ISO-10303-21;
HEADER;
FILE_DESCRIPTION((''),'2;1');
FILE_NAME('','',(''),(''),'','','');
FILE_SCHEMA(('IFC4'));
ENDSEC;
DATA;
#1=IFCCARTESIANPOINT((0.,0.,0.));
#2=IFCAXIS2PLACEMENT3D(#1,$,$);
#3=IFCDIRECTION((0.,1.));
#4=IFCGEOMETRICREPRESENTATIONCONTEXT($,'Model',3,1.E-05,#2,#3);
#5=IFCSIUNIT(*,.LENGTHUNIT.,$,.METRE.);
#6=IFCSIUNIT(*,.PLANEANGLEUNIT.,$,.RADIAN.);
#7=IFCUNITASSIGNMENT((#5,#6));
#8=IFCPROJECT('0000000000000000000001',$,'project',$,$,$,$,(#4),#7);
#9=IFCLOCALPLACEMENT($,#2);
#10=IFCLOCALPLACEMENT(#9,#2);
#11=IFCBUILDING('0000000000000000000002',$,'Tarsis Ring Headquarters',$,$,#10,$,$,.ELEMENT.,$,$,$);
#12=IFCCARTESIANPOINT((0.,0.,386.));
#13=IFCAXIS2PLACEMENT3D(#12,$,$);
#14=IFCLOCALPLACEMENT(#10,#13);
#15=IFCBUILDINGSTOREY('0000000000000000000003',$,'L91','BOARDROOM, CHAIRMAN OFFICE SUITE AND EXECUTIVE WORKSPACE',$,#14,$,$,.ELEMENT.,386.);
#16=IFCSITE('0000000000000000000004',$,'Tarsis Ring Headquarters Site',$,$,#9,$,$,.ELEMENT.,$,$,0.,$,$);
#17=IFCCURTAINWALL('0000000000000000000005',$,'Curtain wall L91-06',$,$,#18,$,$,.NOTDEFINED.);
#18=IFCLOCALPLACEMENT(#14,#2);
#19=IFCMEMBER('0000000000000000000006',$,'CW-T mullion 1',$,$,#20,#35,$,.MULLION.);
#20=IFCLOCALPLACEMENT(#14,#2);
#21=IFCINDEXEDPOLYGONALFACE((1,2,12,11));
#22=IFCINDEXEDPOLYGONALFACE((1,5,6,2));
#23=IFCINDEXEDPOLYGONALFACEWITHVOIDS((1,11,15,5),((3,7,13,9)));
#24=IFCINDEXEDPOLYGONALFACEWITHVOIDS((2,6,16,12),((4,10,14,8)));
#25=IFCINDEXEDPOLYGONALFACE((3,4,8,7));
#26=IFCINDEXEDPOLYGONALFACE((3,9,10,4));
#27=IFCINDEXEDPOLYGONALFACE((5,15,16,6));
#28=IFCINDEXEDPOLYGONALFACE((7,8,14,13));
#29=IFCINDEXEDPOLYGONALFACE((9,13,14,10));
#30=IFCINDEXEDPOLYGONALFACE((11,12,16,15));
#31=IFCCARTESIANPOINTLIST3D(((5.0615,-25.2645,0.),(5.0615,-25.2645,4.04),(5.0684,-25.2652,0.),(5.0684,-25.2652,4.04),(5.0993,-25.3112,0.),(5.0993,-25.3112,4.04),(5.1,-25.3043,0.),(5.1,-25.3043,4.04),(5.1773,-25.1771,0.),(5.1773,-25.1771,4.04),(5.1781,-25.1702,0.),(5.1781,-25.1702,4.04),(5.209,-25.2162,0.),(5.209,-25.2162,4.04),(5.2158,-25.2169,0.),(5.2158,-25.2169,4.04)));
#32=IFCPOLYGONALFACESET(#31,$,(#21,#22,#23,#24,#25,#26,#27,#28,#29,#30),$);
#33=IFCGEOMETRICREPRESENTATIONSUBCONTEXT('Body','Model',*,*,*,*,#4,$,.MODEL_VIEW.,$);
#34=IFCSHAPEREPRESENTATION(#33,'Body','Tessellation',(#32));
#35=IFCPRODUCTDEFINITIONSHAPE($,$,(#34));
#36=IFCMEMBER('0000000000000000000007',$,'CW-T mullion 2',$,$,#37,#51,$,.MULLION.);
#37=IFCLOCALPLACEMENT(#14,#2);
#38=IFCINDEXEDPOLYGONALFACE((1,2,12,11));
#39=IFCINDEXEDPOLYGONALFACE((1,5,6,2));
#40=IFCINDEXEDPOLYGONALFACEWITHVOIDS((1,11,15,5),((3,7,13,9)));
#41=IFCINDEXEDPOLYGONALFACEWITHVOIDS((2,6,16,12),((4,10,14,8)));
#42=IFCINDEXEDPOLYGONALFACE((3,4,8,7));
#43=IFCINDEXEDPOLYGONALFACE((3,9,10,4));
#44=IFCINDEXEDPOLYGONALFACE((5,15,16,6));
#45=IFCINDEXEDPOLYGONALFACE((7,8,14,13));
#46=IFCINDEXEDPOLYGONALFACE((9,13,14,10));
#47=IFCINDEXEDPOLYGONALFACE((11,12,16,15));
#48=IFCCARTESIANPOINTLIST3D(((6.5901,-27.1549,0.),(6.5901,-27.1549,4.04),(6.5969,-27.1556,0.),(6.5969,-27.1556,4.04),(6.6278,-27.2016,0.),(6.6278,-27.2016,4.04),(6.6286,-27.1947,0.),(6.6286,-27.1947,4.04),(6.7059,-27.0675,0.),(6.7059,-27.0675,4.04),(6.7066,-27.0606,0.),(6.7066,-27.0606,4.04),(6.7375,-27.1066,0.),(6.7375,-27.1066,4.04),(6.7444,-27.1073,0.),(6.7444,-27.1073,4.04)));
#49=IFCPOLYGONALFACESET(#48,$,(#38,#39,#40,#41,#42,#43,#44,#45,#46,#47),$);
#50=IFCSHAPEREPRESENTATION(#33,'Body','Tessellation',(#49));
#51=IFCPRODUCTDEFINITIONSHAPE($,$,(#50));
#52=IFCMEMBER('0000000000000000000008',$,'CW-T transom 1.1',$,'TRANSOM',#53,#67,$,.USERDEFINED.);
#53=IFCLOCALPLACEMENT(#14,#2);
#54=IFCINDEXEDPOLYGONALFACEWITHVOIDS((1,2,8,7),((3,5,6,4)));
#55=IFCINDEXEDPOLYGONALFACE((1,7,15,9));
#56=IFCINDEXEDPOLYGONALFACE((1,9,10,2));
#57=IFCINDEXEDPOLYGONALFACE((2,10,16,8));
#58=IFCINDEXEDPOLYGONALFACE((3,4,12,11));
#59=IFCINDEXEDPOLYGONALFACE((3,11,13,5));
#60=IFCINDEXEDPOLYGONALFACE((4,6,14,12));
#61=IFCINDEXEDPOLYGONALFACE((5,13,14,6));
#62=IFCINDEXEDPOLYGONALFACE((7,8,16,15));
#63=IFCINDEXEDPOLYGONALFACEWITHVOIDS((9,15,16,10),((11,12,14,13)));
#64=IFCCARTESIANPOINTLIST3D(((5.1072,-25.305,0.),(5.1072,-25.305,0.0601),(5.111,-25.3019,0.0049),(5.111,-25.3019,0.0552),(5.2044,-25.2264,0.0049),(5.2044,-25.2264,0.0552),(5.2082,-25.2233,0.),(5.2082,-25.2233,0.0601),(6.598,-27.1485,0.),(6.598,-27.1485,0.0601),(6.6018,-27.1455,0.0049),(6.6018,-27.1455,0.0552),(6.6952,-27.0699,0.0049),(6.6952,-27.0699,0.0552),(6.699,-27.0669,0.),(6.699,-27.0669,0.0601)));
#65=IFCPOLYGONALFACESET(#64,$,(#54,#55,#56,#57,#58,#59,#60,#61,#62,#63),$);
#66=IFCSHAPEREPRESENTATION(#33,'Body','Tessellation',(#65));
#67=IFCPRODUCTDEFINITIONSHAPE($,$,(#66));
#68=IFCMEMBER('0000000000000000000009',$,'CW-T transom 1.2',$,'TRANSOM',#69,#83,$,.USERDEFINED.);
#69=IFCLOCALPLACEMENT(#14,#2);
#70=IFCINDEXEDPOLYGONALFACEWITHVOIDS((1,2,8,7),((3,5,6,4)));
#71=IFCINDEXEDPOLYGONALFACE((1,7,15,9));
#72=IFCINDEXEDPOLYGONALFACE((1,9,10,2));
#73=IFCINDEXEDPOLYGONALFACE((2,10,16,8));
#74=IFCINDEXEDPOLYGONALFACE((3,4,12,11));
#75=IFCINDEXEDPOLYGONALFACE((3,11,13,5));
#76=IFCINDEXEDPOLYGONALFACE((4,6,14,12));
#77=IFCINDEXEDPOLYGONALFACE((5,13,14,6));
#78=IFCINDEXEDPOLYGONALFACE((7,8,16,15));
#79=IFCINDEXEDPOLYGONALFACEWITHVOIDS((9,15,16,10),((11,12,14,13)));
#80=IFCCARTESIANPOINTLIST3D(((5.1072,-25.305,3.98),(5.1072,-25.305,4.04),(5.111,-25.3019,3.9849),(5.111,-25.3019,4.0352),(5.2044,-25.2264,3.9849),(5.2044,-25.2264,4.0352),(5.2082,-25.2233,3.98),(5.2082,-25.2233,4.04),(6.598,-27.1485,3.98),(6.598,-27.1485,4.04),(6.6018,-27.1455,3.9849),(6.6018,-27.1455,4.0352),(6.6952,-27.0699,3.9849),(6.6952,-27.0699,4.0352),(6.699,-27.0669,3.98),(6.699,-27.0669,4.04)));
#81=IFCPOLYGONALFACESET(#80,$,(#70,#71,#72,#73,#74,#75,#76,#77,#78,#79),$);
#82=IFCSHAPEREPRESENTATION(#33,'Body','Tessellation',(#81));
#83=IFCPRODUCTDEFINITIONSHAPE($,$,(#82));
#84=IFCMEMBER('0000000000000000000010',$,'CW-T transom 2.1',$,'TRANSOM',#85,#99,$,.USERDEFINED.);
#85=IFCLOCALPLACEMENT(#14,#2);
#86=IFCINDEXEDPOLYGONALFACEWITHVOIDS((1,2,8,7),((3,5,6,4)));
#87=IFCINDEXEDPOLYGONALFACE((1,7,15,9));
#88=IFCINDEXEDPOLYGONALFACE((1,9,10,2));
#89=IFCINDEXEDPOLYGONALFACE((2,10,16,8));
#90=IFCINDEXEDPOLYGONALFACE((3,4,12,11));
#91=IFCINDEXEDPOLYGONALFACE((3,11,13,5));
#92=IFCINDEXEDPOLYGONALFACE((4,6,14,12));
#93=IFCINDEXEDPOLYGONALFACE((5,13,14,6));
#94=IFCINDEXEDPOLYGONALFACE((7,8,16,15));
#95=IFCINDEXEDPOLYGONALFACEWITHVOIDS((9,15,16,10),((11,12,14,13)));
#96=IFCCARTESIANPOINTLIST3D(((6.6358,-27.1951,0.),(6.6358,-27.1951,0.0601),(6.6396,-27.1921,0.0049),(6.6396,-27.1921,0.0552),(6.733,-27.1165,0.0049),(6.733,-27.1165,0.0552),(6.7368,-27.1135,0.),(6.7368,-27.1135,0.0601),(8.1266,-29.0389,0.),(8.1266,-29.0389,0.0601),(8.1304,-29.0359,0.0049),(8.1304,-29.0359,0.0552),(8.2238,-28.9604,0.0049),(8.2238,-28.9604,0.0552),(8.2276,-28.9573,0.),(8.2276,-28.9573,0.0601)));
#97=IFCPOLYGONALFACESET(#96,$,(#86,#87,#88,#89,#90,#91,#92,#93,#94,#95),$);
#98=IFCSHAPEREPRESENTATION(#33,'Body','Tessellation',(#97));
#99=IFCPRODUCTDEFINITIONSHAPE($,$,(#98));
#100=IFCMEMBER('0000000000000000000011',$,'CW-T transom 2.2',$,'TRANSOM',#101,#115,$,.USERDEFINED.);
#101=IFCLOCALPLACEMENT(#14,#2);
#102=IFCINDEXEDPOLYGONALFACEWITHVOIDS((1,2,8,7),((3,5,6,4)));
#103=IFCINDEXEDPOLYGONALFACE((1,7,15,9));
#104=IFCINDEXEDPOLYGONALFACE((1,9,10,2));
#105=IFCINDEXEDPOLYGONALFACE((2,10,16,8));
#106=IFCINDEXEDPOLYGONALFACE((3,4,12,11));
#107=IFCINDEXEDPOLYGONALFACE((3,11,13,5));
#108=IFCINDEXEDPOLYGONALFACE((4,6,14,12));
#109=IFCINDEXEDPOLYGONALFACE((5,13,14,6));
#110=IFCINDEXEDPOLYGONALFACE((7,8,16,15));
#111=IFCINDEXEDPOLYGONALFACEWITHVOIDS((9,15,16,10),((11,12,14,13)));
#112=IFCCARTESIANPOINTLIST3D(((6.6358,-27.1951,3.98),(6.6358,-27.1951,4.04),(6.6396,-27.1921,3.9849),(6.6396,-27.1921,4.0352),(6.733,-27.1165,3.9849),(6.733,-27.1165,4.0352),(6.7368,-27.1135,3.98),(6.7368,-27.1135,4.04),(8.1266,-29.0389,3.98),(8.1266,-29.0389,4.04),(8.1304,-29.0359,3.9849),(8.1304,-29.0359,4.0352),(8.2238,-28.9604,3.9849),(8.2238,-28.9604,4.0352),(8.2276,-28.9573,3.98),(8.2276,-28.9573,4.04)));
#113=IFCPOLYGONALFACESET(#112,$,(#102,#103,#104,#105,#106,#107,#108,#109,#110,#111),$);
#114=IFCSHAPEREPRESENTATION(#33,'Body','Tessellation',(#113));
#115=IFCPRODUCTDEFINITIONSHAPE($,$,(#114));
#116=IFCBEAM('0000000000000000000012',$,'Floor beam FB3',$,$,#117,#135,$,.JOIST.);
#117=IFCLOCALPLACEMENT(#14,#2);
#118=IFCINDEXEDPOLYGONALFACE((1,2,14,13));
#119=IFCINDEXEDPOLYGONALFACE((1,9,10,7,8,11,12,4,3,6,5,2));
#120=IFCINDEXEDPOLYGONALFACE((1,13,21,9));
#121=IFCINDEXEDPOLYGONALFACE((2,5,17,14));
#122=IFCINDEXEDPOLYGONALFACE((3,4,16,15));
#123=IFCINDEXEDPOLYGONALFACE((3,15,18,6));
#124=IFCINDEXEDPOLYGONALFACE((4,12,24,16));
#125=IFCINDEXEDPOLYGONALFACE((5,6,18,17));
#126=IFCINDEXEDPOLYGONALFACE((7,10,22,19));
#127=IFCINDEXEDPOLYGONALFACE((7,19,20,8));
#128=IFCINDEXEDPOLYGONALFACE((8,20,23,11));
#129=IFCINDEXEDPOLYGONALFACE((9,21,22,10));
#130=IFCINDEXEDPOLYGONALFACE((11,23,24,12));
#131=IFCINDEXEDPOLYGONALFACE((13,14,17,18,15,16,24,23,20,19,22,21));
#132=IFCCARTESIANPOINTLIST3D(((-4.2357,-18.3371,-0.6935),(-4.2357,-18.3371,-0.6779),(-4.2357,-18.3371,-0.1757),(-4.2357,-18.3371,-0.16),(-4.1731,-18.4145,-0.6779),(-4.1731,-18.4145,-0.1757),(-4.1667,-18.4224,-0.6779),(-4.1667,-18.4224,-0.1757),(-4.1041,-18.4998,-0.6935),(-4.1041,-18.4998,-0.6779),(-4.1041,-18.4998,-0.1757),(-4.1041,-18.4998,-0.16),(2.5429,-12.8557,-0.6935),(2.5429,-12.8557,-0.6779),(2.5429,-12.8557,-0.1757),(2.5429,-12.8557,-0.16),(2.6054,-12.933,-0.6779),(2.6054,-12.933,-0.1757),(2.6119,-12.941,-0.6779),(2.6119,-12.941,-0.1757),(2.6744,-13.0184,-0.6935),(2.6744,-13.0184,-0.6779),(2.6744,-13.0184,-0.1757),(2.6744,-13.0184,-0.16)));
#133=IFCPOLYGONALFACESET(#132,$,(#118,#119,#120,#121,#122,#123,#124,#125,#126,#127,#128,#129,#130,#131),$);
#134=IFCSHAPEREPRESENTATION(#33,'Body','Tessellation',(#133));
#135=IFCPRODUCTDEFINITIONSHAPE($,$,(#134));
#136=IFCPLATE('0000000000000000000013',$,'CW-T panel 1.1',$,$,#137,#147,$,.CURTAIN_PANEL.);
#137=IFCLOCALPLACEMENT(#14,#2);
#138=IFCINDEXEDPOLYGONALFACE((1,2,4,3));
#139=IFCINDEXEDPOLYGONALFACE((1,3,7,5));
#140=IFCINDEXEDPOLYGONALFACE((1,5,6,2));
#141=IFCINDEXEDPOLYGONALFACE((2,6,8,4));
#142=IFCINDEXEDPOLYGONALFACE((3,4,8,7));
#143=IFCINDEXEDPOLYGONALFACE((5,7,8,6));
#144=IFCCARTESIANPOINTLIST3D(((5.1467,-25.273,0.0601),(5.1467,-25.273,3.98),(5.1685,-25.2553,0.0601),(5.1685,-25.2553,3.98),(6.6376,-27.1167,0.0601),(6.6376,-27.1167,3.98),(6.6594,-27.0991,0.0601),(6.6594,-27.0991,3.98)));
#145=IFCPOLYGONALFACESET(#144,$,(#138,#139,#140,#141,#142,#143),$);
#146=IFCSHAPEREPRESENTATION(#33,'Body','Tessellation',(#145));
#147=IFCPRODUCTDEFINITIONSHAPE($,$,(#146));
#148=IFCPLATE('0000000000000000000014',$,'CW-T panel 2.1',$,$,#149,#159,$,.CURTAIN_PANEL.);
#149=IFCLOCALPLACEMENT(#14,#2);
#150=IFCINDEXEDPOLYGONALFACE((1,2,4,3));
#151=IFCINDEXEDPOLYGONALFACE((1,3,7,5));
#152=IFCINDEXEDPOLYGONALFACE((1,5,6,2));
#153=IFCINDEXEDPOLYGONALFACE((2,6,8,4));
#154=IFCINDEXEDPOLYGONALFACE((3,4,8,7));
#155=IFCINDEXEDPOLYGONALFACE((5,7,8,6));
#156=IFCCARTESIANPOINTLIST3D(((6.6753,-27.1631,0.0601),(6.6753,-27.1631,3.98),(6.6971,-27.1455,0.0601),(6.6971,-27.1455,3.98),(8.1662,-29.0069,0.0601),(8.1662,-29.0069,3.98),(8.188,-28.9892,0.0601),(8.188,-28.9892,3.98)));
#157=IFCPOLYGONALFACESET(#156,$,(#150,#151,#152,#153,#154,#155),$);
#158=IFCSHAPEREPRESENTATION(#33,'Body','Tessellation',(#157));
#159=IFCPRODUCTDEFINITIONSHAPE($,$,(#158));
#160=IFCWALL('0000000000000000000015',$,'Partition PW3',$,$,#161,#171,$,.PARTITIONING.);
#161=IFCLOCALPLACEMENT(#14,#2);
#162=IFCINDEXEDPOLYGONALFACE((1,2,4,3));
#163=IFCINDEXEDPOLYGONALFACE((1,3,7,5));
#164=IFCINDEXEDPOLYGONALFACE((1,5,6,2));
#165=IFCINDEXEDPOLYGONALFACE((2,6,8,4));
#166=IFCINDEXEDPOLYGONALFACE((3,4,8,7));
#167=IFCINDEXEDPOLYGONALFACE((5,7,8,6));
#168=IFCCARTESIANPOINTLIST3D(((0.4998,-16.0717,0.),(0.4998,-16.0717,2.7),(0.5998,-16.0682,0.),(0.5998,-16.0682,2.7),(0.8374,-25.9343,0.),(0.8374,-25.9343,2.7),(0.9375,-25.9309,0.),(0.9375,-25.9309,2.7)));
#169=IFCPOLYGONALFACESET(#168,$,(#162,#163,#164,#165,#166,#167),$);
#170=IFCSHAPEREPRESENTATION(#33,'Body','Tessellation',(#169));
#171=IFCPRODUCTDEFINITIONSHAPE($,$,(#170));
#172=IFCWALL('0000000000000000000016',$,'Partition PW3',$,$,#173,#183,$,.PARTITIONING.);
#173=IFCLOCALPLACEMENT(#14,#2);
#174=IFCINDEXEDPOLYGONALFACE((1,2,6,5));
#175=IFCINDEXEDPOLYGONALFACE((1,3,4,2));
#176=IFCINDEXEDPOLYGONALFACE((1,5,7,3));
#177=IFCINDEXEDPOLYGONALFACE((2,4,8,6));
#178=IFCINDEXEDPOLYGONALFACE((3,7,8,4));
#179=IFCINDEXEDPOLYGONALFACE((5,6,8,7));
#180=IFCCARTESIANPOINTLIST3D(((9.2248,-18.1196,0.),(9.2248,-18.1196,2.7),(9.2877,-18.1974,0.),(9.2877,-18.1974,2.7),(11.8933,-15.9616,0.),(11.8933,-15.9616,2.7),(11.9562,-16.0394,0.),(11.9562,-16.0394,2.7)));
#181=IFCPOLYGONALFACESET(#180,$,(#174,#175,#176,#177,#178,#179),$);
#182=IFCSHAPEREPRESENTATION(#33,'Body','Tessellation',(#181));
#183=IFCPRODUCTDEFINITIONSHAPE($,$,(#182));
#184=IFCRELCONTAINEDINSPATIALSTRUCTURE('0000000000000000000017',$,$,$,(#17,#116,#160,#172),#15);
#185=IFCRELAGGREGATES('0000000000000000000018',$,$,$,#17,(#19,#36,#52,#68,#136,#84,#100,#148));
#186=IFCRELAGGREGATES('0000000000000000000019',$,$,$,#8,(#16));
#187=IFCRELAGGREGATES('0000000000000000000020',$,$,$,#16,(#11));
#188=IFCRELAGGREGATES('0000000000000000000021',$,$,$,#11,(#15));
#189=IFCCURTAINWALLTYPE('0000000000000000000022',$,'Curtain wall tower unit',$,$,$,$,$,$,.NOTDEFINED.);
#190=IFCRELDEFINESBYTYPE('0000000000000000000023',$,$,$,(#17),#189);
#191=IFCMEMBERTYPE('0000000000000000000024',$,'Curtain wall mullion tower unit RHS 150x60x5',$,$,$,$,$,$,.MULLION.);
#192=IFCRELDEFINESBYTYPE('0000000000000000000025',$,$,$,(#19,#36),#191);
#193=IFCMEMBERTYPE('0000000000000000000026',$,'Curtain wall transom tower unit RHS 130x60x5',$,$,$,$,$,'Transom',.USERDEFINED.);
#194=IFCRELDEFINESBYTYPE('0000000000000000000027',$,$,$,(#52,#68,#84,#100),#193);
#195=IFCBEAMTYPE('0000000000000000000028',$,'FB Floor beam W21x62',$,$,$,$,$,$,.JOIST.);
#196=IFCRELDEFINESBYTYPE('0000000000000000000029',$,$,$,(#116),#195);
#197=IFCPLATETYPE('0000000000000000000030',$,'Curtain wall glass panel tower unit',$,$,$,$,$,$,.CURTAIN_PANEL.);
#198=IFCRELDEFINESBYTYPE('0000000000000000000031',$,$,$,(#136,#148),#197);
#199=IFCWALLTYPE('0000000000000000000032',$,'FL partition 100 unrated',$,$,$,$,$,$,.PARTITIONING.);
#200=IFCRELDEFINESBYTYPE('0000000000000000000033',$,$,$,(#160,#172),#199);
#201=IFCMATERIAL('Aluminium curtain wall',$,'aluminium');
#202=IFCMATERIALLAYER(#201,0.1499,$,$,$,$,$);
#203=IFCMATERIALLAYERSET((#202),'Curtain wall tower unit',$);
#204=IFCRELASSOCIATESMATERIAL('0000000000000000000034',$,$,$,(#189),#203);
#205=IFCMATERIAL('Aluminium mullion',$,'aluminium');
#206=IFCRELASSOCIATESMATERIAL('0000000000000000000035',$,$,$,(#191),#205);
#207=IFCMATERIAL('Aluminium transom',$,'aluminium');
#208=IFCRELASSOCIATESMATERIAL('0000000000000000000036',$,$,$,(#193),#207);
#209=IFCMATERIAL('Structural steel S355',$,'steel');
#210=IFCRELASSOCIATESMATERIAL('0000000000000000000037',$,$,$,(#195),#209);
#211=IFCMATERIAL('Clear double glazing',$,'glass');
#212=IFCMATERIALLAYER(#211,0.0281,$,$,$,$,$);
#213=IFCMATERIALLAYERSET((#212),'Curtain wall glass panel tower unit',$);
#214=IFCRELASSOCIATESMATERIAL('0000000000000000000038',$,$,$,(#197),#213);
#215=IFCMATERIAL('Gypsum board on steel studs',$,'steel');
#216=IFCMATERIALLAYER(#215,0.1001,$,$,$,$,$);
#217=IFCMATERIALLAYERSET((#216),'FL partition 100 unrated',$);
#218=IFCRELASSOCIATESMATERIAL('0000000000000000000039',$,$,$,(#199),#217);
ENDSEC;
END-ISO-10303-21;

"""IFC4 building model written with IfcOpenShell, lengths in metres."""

from ifc_helpers import new_model, si_unit, direction, frame, frame_2d, origin, origin_2d, place, context, subcontext, project, spatial, rectangle, hollow_rectangle, i_section, extrude, material, layer, layer_set, material_profile, profile_set, type_object, element, aggregate, save


model = new_model("IFC4")

# Units and contexts
model_context = context("Model", 3, precision=1e-05, world=origin(), true_north=direction((0.0, 1.0)))
body_context = subcontext(model_context, "Body", "Model", "MODEL_VIEW")
ifc_project = project(units=[si_unit("LENGTHUNIT", "METRE"), si_unit("PLANEANGLEUNIT", "RADIAN")], contexts=[model_context])

# Site, building, storey
site_placement = place(None, origin())
site = spatial("IfcSite", under=ifc_project, at=site_placement, Name="Tarsis Ring Headquarters Site", CompositionType="ELEMENT", RefElevation=0.0)
building_placement = place(site_placement, origin())
building = spatial("IfcBuilding", under=site, at=building_placement, Name="Tarsis Ring Headquarters", CompositionType="ELEMENT")
storey_placement = place(building_placement, frame((0.0, 0.0, 386.0)))
storey = spatial("IfcBuildingStorey", under=building, at=storey_placement, Name="L91", Description="BOARDROOM, CHAIRMAN OFFICE SUITE AND EXECUTIVE WORKSPACE", CompositionType="ELEMENT", Elevation=386.0)

# Curtain wall, members
ifc_material_1 = material(Name="Aluminium curtain wall", Category="aluminium")
ifc_layer_1 = layer(ifc_material_1, 0.1499)
ifc_layer_set_1 = layer_set([ifc_layer_1], Name="Curtain wall tower unit")
curtain_wall_type = type_object("IfcCurtainWallType", Name="Curtain wall tower unit", PredefinedType="NOTDEFINED", material=ifc_layer_set_1)
curtain_wall_placement = place(storey_placement, origin())
curtain_wall = element("IfcCurtainWall", 1, at=curtain_wall_placement, inside=storey, type_object=curtain_wall_type, Name="Curtain wall L91-06", PredefinedType="NOTDEFINED")
ifc_material_2 = material(Name="Aluminium mullion", Category="aluminium")
ifc_material_profile_1 = material_profile(ifc_material_2, hollow_rectangle(XDim=0.1499, YDim=0.0601, WallThickness=0.0049, at=origin_2d()), Name="RHS 150x60x5")
ifc_profile_set_1 = profile_set([ifc_material_profile_1], Name="Aluminium mullion")
member_type_1 = type_object("IfcMemberType", Name="Curtain wall mullion tower unit RHS 150x60x5", PredefinedType="MULLION", material=ifc_profile_set_1)
member_1_placement = place(storey_placement, frame((5.1387, -25.2407, 0.0), z_axis=(0.0, 0.0, 1.0), x_axis=(0.777585, 0.628778, 0.0)))
member_1 = element("IfcMember", 2, at=member_1_placement, type_object=member_type_1, Name="CW-T mullion 1", PredefinedType="MULLION", context=body_context, shape_type="SweptSolid", body=[
    extrude(hollow_rectangle(XDim=0.1499, YDim=0.0601, WallThickness=0.0049, at=origin_2d()), origin(), (0.0, 0.0, 1.0), 4.04),
])
member_2_placement = place(storey_placement, frame((6.6672, -27.1311, 0.0), z_axis=(0.0, 0.0, 1.0), x_axis=(0.777585, 0.628778, 0.0)))
member_2 = element("IfcMember", 3, at=member_2_placement, type_object=member_type_1, Name="CW-T mullion 2", PredefinedType="MULLION", context=body_context, shape_type="SweptSolid", body=[
    extrude(hollow_rectangle(XDim=0.1499, YDim=0.0601, WallThickness=0.0049, at=origin_2d()), origin(), (0.0, 0.0, 1.0), 4.04),
])
ifc_material_3 = material(Name="Aluminium transom", Category="aluminium")
ifc_material_profile_2 = material_profile(ifc_material_3, hollow_rectangle(XDim=0.1299, YDim=0.0601, WallThickness=0.0049, at=origin_2d()), Name="RHS 130x60x5")
ifc_profile_set_2 = profile_set([ifc_material_profile_2], Name="Aluminium transom")
member_type_2 = type_object("IfcMemberType", Name="Curtain wall transom tower unit RHS 130x60x5", ElementType="Transom", PredefinedType="USERDEFINED", material=ifc_profile_set_2)
member_3_placement = place(storey_placement, frame((5.1577, -25.2642, 0.03), z_axis=(0.62878, -0.777583, 0.0), x_axis=(0.777583, 0.62878, 0.0)))
member_3 = element("IfcMember", 4, at=member_3_placement, type_object=member_type_2, Name="CW-T transom 1.1", ObjectType="TRANSOM", PredefinedType="USERDEFINED", context=body_context, shape_type="SweptSolid", body=[
    extrude(hollow_rectangle(XDim=0.1299, YDim=0.0601, WallThickness=0.0049, at=origin_2d()), origin(), (0.0, 0.0, 1.0), 2.3708),
])
member_4_placement = place(storey_placement, frame((5.1577, -25.2642, 4.01), z_axis=(0.62878, -0.777583, 0.0), x_axis=(0.777583, 0.62878, 0.0)))
member_4 = element("IfcMember", 5, at=member_4_placement, type_object=member_type_2, Name="CW-T transom 1.2", ObjectType="TRANSOM", PredefinedType="USERDEFINED", context=body_context, shape_type="SweptSolid", body=[
    extrude(hollow_rectangle(XDim=0.1299, YDim=0.0601, WallThickness=0.0049, at=origin_2d()), origin(), (0.0, 0.0, 1.0), 2.3708),
])
member_5_placement = place(storey_placement, frame((6.6863, -27.1543, 0.03), z_axis=(0.62873, -0.777624, 0.0), x_axis=(0.777624, 0.62873, 0.0)))
member_5 = element("IfcMember", 6, at=member_5_placement, type_object=member_type_2, Name="CW-T transom 2.1", ObjectType="TRANSOM", PredefinedType="USERDEFINED", context=body_context, shape_type="SweptSolid", body=[
    extrude(hollow_rectangle(XDim=0.1299, YDim=0.0601, WallThickness=0.0049, at=origin_2d()), origin(), (0.0, 0.0, 1.0), 2.3711),
])
member_6_placement = place(storey_placement, frame((6.6863, -27.1543, 4.01), z_axis=(0.62873, -0.777624, 0.0), x_axis=(0.777624, 0.62873, 0.0)))
member_6 = element("IfcMember", 7, at=member_6_placement, type_object=member_type_2, Name="CW-T transom 2.2", ObjectType="TRANSOM", PredefinedType="USERDEFINED", context=body_context, shape_type="SweptSolid", body=[
    extrude(hollow_rectangle(XDim=0.1299, YDim=0.0601, WallThickness=0.0049, at=origin_2d()), origin(), (0.0, 0.0, 1.0), 2.3711),
])

# Beam
ifc_material_4 = material(Name="Structural steel S355", Category="steel")
ifc_material_profile_3 = material_profile(ifc_material_4, i_section(OverallWidth=0.2092, OverallDepth=0.5334, WebThickness=0.0103, FlangeThickness=0.0156, at=origin_2d()), Name="W21x62")
ifc_profile_set_3 = profile_set([ifc_material_profile_3], Name="Structural steel S355")
beam_type = type_object("IfcBeamType", Name="FB Floor beam W21x62", PredefinedType="JOIST", material=ifc_profile_set_3)
beam_placement = place(storey_placement, frame((-4.1699, -18.4185, -0.4268), z_axis=(0.777579, 0.628785, 0.0), x_axis=(-0.628785, 0.777579, 0.0)))
element("IfcBeam", 8, at=beam_placement, inside=storey, type_object=beam_type, Name="Floor beam FB3", PredefinedType="JOIST", context=body_context, shape_type="SweptSolid", body=[
    extrude(i_section(OverallWidth=0.2092, OverallDepth=0.5334, WebThickness=0.0103, FlangeThickness=0.0156, at=origin_2d()), origin(), (0.0, 0.0, 1.0), 8.7175),
])

# Plates
ifc_material_5 = material(Name="Clear double glazing", Category="glass")
ifc_layer_2 = layer(ifc_material_5, 0.0281)
ifc_layer_set_2 = layer_set([ifc_layer_2], Name="Curtain wall glass panel tower unit")
plate_type = type_object("IfcPlateType", Name="Curtain wall glass panel tower unit", PredefinedType="CURTAIN_PANEL", material=ifc_layer_set_2)
plate_1_placement = place(storey_placement, frame((5.9031, -26.186, 0.0601), z_axis=(0.0, 0.0, 1.0), x_axis=(0.628778, -0.777585, 0.0)))
plate_1 = element("IfcPlate", 9, at=plate_1_placement, type_object=plate_type, Name="CW-T panel 1.1", PredefinedType="CURTAIN_PANEL", context=body_context, shape_type="SweptSolid", body=[
    extrude(rectangle(XDim=2.3711, YDim=0.0281, at=origin_2d()), origin(), (0.0, 0.0, 1.0), 3.9199),
])
plate_2_placement = place(storey_placement, frame((7.4316, -28.0762, 0.0601), z_axis=(0.0, 0.0, 1.0), x_axis=(0.628778, -0.777585, 0.0)))
plate_2 = element("IfcPlate", 10, at=plate_2_placement, type_object=plate_type, Name="CW-T panel 2.1", PredefinedType="CURTAIN_PANEL", context=body_context, shape_type="SweptSolid", body=[
    extrude(rectangle(XDim=2.3711, YDim=0.0281, at=origin_2d()), origin(), (0.0, 0.0, 1.0), 3.9199),
])
aggregate(curtain_wall, [member_1, member_2, member_3, member_4, plate_1, member_5, member_6, plate_2])

# Walls
ifc_material_6 = material(Name="Gypsum board on steel studs", Category="steel")
ifc_layer_3 = layer(ifc_material_6, 0.1001)
ifc_layer_set_3 = layer_set([ifc_layer_3], Name="FL partition 100 unrated")
wall_type_1 = type_object("IfcWallType", Name="FL partition 100 unrated", PredefinedType="PARTITIONING", material=ifc_layer_set_3)
wall_1_placement = place(storey_placement, frame((0.5498, -16.0701, 0.0), z_axis=(0.0, 0.0, 1.0), x_axis=(0.034215, -0.999414, 0.0)))
element("IfcWall", 11, at=wall_1_placement, inside=storey, type_object=wall_type_1, Name="Partition PW3", PredefinedType="PARTITIONING", context=body_context, shape_type="SweptSolid", body=[
    extrude(rectangle(XDim=9.8684, YDim=0.1001, at=frame_2d((4.9341, 0.0))), origin(), (0.0, 0.0, 1.0), 2.7),
])
wall_2_placement = place(storey_placement, frame((9.2563, -18.1584, 0.0), z_axis=(0.0, 0.0, 1.0), x_axis=(0.777561, 0.628807, 0.0)))
element("IfcWall", 12, at=wall_2_placement, inside=storey, type_object=wall_type_1, Name="Partition PW3", PredefinedType="PARTITIONING", context=body_context, shape_type="SweptSolid", body=[
    extrude(rectangle(XDim=3.4319, YDim=0.1001, at=frame_2d((1.7158, 0.0))), origin(), (0.0, 0.0, 1.0), 2.7),
])

save(model, "model.ifc")
